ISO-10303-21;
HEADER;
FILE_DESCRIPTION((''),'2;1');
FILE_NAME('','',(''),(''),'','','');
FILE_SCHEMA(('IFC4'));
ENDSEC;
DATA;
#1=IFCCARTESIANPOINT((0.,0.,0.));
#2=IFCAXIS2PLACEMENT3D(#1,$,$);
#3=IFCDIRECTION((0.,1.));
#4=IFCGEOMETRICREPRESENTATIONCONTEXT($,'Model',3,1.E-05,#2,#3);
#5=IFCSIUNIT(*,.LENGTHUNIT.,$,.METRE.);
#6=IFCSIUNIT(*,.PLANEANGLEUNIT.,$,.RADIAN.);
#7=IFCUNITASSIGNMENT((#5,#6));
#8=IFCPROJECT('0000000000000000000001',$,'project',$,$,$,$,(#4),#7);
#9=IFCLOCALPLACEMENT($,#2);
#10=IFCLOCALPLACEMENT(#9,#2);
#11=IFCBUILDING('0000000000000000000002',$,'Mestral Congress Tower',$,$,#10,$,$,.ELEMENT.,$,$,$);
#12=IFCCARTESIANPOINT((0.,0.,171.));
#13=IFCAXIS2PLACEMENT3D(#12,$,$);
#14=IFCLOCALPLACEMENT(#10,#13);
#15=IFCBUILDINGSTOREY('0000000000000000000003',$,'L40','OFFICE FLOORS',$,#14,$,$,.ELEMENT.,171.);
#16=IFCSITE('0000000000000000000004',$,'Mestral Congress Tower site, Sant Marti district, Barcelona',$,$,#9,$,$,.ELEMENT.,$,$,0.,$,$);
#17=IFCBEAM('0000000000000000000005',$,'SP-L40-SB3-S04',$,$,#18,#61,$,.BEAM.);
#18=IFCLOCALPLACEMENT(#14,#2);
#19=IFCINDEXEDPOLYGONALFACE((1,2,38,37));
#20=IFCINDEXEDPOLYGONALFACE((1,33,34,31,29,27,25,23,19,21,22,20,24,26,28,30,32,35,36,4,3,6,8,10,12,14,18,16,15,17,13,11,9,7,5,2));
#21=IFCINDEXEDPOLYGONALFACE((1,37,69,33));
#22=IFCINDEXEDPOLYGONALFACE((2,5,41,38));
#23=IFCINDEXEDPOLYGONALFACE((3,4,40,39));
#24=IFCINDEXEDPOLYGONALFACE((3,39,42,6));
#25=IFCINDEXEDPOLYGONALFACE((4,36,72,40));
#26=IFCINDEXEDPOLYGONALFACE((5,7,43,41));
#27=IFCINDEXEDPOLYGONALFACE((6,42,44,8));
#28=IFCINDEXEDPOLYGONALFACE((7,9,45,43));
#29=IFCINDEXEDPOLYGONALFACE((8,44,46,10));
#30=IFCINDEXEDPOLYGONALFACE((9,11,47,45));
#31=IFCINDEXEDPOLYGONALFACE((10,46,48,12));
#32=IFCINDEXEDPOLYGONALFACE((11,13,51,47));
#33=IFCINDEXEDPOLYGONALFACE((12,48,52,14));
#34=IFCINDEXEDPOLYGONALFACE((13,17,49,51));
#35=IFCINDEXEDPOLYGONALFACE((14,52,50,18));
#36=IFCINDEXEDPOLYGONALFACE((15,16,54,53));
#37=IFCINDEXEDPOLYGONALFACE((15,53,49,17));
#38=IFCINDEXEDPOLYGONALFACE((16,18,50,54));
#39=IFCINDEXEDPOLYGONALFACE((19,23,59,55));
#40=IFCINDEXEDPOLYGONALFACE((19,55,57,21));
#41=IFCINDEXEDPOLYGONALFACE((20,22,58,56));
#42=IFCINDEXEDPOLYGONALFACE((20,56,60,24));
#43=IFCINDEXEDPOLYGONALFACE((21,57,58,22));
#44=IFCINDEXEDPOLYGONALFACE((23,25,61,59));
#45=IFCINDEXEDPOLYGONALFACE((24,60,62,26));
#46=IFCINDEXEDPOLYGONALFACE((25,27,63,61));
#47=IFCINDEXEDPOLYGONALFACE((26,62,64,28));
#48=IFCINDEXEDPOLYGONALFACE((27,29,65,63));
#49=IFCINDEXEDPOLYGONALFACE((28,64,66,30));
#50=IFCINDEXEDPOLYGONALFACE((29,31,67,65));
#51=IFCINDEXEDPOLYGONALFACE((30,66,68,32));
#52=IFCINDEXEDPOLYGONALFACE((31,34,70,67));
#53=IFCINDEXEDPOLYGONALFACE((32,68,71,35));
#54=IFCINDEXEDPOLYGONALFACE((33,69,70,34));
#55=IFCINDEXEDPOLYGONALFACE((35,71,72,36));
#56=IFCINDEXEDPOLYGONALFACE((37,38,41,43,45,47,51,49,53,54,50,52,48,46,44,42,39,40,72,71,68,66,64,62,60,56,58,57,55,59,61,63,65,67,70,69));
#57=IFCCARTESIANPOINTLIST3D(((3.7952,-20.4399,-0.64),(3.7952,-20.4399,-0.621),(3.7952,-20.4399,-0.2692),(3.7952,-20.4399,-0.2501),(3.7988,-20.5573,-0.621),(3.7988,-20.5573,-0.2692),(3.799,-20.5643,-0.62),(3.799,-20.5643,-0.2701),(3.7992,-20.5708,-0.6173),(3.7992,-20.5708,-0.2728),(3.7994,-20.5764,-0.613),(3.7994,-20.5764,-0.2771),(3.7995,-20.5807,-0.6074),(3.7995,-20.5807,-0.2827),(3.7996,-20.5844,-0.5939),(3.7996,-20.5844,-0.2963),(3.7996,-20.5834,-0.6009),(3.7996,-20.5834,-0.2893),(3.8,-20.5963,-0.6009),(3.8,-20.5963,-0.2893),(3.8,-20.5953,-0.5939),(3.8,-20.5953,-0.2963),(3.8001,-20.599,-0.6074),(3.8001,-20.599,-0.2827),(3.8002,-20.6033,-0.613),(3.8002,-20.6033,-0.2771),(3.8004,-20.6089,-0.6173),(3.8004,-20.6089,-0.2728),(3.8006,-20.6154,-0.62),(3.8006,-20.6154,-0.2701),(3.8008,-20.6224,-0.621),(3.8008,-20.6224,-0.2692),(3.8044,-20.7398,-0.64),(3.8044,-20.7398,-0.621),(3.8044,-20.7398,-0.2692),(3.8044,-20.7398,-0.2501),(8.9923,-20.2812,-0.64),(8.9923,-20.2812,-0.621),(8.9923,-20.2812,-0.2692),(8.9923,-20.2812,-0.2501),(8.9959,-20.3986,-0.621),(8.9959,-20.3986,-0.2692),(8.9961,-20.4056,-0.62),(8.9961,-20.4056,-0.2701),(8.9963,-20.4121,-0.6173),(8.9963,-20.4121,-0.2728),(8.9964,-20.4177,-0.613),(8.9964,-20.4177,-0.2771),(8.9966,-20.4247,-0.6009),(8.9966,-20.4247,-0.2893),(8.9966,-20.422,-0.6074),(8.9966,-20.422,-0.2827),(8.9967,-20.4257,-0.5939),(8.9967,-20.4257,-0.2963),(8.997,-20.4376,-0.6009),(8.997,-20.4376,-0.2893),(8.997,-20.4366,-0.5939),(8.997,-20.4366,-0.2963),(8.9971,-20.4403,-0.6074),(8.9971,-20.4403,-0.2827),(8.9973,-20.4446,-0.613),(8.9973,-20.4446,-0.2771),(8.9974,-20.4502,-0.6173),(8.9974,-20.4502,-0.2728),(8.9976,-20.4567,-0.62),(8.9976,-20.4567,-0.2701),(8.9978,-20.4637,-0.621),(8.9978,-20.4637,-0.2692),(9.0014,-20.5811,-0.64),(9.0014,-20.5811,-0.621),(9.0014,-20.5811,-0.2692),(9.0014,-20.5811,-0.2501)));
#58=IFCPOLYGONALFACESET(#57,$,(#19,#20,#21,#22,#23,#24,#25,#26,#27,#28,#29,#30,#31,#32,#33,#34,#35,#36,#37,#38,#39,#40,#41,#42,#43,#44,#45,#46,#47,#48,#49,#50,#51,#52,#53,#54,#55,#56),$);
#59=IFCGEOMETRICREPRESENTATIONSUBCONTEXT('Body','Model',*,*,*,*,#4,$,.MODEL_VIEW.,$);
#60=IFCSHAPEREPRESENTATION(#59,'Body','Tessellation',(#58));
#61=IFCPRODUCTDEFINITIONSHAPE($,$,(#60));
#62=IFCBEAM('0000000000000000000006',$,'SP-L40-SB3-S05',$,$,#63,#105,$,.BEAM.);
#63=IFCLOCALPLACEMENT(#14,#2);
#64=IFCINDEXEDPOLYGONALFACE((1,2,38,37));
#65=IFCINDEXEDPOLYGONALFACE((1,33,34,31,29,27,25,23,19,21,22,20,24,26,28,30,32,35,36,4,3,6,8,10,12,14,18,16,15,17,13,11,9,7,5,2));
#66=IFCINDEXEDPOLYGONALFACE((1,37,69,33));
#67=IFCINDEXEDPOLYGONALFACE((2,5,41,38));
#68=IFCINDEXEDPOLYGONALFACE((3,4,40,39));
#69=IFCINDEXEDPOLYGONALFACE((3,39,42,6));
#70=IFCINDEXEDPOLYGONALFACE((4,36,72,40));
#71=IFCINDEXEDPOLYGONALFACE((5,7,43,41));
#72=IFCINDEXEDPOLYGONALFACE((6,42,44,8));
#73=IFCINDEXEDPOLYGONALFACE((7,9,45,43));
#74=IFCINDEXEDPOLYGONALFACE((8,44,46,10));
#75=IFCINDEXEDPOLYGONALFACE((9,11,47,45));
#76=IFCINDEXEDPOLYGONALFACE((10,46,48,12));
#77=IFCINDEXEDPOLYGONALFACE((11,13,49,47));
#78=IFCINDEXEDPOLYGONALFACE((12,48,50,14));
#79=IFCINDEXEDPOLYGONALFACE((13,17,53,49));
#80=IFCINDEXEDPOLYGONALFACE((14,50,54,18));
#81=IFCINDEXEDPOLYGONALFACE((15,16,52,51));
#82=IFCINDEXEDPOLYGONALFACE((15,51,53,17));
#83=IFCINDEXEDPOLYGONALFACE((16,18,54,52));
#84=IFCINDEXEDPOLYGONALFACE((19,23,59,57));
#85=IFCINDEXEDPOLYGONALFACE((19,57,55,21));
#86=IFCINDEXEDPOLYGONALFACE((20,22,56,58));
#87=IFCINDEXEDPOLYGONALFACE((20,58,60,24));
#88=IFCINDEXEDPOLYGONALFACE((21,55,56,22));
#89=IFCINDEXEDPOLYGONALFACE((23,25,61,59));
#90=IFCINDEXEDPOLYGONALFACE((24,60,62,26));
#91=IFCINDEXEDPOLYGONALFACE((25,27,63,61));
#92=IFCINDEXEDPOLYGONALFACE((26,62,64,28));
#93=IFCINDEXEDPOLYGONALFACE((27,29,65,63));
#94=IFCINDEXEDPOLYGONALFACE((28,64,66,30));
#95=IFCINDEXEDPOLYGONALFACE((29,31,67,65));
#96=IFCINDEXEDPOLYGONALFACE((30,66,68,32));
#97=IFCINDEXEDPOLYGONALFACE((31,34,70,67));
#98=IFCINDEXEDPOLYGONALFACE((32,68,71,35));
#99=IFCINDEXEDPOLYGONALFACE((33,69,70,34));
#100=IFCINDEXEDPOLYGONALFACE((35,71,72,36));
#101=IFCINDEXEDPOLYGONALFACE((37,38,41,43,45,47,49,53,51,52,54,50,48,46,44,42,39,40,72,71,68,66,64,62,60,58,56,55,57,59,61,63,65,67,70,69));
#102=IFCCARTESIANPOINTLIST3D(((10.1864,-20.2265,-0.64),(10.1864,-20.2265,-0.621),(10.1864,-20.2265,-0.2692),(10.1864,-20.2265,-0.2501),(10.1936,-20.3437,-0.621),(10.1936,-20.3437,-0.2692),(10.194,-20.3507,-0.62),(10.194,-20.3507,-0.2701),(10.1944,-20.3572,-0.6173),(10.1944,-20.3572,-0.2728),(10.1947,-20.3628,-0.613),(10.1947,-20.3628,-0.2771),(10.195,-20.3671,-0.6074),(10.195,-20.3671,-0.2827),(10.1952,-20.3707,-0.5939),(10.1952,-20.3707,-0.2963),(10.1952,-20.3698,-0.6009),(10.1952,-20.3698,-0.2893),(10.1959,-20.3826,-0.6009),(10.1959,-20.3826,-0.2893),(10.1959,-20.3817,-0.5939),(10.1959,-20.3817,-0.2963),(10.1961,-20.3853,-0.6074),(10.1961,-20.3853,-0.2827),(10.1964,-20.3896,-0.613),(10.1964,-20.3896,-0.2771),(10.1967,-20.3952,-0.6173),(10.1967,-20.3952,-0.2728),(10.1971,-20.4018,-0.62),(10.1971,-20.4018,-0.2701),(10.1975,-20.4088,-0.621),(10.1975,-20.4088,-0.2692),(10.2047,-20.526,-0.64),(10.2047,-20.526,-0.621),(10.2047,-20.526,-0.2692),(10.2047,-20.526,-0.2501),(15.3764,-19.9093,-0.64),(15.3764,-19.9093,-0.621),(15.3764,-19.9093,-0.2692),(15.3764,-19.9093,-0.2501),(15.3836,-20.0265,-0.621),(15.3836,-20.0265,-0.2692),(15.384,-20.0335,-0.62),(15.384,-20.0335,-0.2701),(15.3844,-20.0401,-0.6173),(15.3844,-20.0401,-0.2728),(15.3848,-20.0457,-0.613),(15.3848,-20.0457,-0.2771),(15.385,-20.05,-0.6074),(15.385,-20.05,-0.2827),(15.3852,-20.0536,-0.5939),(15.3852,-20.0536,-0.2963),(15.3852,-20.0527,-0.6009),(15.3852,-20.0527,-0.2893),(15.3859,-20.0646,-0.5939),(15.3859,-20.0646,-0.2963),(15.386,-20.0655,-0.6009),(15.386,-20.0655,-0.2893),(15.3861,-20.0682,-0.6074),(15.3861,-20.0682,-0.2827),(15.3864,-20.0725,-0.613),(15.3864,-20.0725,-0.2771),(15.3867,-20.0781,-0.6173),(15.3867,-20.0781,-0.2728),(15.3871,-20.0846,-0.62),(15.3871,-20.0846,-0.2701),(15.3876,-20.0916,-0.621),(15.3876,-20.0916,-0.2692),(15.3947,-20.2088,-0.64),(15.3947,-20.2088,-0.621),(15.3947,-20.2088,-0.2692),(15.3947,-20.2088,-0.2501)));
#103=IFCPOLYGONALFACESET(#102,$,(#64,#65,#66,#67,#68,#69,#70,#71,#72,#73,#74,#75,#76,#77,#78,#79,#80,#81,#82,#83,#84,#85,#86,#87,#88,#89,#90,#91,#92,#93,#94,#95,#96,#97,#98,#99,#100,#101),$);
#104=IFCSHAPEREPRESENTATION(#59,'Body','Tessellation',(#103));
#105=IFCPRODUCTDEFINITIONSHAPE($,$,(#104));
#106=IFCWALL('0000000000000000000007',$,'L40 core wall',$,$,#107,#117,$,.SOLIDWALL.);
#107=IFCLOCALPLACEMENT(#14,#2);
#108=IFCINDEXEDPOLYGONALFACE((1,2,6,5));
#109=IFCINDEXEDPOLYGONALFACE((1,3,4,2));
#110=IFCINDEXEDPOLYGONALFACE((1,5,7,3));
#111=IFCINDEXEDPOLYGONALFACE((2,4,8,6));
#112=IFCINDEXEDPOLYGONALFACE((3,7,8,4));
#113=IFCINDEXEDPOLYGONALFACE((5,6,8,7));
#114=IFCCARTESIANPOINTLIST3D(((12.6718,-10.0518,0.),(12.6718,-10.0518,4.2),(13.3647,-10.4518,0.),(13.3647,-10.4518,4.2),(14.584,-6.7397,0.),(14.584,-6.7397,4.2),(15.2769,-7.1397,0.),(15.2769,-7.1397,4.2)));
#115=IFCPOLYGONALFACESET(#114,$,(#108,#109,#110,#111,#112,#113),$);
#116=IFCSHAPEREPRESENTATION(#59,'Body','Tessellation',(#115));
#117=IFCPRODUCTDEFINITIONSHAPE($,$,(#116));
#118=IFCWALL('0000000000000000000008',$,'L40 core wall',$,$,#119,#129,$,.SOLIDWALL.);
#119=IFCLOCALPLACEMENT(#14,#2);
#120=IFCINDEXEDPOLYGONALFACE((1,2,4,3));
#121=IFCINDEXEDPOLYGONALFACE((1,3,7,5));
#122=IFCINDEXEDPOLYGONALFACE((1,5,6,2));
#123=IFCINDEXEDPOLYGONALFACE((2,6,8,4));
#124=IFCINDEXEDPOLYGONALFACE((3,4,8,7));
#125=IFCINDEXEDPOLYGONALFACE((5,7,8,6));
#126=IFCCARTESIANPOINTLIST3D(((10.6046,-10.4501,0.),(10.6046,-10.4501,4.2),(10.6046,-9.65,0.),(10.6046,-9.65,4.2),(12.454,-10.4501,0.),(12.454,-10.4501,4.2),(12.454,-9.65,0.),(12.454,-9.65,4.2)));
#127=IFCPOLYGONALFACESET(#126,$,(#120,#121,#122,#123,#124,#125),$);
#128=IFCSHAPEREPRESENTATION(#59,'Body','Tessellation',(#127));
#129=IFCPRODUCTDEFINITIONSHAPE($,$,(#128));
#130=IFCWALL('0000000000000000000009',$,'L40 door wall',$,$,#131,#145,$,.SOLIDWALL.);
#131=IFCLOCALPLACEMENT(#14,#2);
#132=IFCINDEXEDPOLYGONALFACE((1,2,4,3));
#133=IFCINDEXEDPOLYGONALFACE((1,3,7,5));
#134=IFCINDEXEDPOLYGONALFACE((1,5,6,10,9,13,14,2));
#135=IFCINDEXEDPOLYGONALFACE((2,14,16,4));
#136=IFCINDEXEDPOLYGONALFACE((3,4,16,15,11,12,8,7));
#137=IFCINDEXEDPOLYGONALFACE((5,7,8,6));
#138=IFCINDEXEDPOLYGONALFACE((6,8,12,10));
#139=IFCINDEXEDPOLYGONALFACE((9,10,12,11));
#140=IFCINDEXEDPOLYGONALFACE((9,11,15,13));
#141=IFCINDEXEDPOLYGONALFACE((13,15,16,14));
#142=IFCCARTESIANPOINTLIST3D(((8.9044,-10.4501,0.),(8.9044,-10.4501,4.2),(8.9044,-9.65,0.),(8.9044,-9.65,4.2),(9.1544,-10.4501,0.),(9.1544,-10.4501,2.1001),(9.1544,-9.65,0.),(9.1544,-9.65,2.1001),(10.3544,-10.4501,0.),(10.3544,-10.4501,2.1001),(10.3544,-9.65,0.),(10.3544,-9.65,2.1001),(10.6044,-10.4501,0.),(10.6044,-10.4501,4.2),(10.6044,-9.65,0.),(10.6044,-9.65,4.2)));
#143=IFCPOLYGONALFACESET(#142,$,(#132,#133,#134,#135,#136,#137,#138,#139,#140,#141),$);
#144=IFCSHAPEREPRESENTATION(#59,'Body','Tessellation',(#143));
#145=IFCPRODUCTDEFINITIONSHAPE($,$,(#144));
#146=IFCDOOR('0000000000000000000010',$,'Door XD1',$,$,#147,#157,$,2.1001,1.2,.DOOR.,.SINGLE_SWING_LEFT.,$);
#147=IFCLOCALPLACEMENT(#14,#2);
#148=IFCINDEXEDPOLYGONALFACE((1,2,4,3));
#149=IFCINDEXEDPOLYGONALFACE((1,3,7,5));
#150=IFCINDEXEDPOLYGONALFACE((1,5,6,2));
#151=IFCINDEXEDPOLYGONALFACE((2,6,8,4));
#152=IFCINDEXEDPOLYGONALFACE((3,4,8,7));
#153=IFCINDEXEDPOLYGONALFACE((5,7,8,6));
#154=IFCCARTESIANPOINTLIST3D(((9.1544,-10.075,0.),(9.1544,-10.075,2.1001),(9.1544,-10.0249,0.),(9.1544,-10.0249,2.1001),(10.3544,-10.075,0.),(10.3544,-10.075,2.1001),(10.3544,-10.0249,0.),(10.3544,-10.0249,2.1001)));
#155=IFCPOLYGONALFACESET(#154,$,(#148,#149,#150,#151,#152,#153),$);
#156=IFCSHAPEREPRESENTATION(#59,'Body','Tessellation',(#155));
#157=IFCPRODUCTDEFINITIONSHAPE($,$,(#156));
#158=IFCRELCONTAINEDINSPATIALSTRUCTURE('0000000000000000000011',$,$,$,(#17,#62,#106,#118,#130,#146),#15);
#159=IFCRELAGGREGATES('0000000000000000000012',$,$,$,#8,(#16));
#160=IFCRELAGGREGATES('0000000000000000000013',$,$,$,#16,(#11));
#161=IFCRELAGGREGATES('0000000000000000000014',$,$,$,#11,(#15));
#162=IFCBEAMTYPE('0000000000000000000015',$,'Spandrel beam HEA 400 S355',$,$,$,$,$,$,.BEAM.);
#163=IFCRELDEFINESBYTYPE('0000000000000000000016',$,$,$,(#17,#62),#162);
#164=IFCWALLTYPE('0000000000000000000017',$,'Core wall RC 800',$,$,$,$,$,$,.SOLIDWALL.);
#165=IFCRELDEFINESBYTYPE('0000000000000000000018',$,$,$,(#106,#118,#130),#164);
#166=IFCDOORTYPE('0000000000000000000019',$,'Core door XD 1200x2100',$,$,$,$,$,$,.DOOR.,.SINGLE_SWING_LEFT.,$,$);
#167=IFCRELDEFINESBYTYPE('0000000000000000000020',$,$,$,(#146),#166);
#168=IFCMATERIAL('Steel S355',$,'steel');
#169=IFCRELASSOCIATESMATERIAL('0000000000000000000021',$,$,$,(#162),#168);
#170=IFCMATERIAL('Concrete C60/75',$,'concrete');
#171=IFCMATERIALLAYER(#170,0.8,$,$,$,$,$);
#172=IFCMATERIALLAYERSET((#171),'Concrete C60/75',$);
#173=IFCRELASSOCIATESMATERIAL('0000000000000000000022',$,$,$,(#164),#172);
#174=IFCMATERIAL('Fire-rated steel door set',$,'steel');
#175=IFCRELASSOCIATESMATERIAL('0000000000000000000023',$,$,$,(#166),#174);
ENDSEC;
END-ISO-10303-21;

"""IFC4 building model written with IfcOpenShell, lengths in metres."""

from ifc_helpers import new_model, si_unit, direction, frame, frame_2d, origin, origin_2d, place, context, subcontext, project, spatial, rectangle, i_section, extrude, material, layer, layer_set, material_profile, profile_set, type_object, element, fill, save


model = new_model("IFC4")

# Units and contexts
model_context = context("Model", 3, precision=1e-05, world=origin(), true_north=direction((0.0, 1.0)))
body_context = subcontext(model_context, "Body", "Model", "MODEL_VIEW")
ifc_project = project(units=[si_unit("LENGTHUNIT", "METRE"), si_unit("PLANEANGLEUNIT", "RADIAN")], contexts=[model_context])

# Site, building, storey
site_placement = place(None, origin())
site = spatial("IfcSite", under=ifc_project, at=site_placement, Name="Mestral Congress Tower site, Sant Marti district, Barcelona", CompositionType="ELEMENT", RefElevation=0.0)
building_placement = place(site_placement, origin())
building = spatial("IfcBuilding", under=site, at=building_placement, Name="Mestral Congress Tower", CompositionType="ELEMENT")
storey_placement = place(building_placement, frame((0.0, 0.0, 171.0)))
storey = spatial("IfcBuildingStorey", under=building, at=storey_placement, Name="L40", Description="OFFICE FLOORS", CompositionType="ELEMENT", Elevation=171.0)

# Shared definitions
ifc_material_1 = material(Name="Concrete C60/75", Category="concrete")

# Beams
ifc_material_2 = material(Name="Steel S355", Category="steel")
ifc_material_profile_1 = material_profile(ifc_material_2, i_section(OverallWidth=0.3, OverallDepth=0.3899, WebThickness=0.011, FlangeThickness=0.019, FilletRadius=0.0271, at=origin_2d()), Name="HEA 400")
ifc_profile_set_1 = profile_set([ifc_material_profile_1], Name="Steel S355")
beam_type_1 = type_object("IfcBeamType", Name="Spandrel beam HEA 400 S355", PredefinedType="BEAM", material=ifc_profile_set_1)
beam_1_placement = place(storey_placement, frame((3.7998, -20.5898, -0.4451), z_axis=(0.999534, 0.030521, 0.0), x_axis=(-0.030521, 0.999534, 0.0)))
element("IfcBeam", 1, at=beam_1_placement, inside=storey, type_object=beam_type_1, Name="SP-L40-SB3-S04", PredefinedType="BEAM", context=body_context, shape_type="SweptSolid", body=[
    extrude(i_section(OverallWidth=0.3, OverallDepth=0.3899, WebThickness=0.011, FlangeThickness=0.019, FilletRadius=0.0271, at=origin_2d()), origin(), (0.0, 0.0, 1.0), 5.1995),
])
beam_2_placement = place(storey_placement, frame((10.1956, -20.3762, -0.4451), z_axis=(0.998138, 0.060993, 0.0), x_axis=(-0.060993, 0.998138, 0.0)))
element("IfcBeam", 2, at=beam_2_placement, inside=storey, type_object=beam_type_1, Name="SP-L40-SB3-S05", PredefinedType="BEAM", context=body_context, shape_type="SweptSolid", body=[
    extrude(i_section(OverallWidth=0.3, OverallDepth=0.3899, WebThickness=0.011, FlangeThickness=0.019, FilletRadius=0.0271, at=origin_2d()), origin(), (0.0, 0.0, 1.0), 5.1997),
])

# Walls
ifc_layer_1 = layer(ifc_material_1, 0.8)
ifc_layer_set_1 = layer_set([ifc_layer_1], Name="Concrete C60/75")
wall_type_1 = type_object("IfcWallType", Name="Core wall RC 800", PredefinedType="SOLIDWALL", material=ifc_layer_set_1)
wall_1_placement = place(storey_placement, frame((13.0183, -10.2517, 0.0), z_axis=(0.0, 0.0, 1.0), x_axis=(0.499984, 0.866035, 0.0)))
element("IfcWall", 3, at=wall_1_placement, inside=storey, type_object=wall_type_1, Name="L40 core wall", PredefinedType="SOLIDWALL", context=body_context, shape_type="SweptSolid", body=[
    extrude(rectangle(XDim=3.8245, YDim=0.8, at=frame_2d((1.9121, 0.0))), origin(), (0.0, 0.0, 1.0), 4.2),
])
wall_2_placement = place(storey_placement, frame((10.6045, -10.05, 0.0), z_axis=(0.0, 0.0, 1.0), x_axis=(1.0, 0.0, 0.0)))
element("IfcWall", 4, at=wall_2_placement, inside=storey, type_object=wall_type_1, Name="L40 core wall", PredefinedType="SOLIDWALL", context=body_context, shape_type="SweptSolid", body=[
    extrude(rectangle(XDim=1.8494, YDim=0.8, at=frame_2d((0.9248, 0.0))), origin(), (0.0, 0.0, 1.0), 4.2),
])

# Wall, opening, door
wall_3_placement = place(storey_placement, frame((10.6045, -10.05, 0.0), z_axis=(0.0, 0.0, 1.0), x_axis=(-1.0, 0.0, 0.0)))
wall_3 = element("IfcWall", 5, at=wall_3_placement, inside=storey, type_object=wall_type_1, Name="L40 door wall", PredefinedType="SOLIDWALL", context=body_context, shape_type="SweptSolid", body=[
    extrude(rectangle(XDim=1.7, YDim=0.8, at=frame_2d((0.8501, 0.0))), origin(), (0.0, 0.0, 1.0), 4.2),
])
opening_1_placement = place(wall_3_placement, frame((0.25, 0.0, 0.0)))
opening_1 = element("IfcOpeningElement", 6, at=opening_1_placement, cuts=wall_3, PredefinedType="OPENING", context=body_context, shape_type="SweptSolid", body=[
    extrude(rectangle(XDim=1.2, YDim=2.1001, at=frame_2d((0.6001, 1.05))), frame((0.0, 0.4099, 0.0), z_axis=(0.0, -1.0, 0.0), x_axis=(1.0, 0.0, 0.0)), (0.0, 0.0, 1.0), 0.8201),
])
ifc_material_3 = material(Name="Fire-rated steel door set", Category="steel")
door_type_1 = type_object("IfcDoorType", Name="Core door XD 1200x2100", OperationType="SINGLE_SWING_LEFT", PredefinedType="DOOR", material=ifc_material_3)
door_1_placement = place(opening_1_placement, origin())
door_1 = element("IfcDoor", 7, at=door_1_placement, inside=storey, type_object=door_type_1, Name="Door XD1", OperationType="SINGLE_SWING_LEFT", OverallHeight=2.1001, OverallWidth=1.2, PredefinedType="DOOR", context=body_context, shape_type="SweptSolid", body=[
    extrude(rectangle(XDim=1.2, YDim=2.1001, at=frame_2d((0.6001, 1.05))), frame((0.0, 0.0249, 0.0), z_axis=(0.0, -1.0, 0.0), x_axis=(1.0, 0.0, 0.0)), (0.0, 0.0, 1.0), 0.05),
])
fill(opening_1, door_1)

save(model, "model.ifc")
